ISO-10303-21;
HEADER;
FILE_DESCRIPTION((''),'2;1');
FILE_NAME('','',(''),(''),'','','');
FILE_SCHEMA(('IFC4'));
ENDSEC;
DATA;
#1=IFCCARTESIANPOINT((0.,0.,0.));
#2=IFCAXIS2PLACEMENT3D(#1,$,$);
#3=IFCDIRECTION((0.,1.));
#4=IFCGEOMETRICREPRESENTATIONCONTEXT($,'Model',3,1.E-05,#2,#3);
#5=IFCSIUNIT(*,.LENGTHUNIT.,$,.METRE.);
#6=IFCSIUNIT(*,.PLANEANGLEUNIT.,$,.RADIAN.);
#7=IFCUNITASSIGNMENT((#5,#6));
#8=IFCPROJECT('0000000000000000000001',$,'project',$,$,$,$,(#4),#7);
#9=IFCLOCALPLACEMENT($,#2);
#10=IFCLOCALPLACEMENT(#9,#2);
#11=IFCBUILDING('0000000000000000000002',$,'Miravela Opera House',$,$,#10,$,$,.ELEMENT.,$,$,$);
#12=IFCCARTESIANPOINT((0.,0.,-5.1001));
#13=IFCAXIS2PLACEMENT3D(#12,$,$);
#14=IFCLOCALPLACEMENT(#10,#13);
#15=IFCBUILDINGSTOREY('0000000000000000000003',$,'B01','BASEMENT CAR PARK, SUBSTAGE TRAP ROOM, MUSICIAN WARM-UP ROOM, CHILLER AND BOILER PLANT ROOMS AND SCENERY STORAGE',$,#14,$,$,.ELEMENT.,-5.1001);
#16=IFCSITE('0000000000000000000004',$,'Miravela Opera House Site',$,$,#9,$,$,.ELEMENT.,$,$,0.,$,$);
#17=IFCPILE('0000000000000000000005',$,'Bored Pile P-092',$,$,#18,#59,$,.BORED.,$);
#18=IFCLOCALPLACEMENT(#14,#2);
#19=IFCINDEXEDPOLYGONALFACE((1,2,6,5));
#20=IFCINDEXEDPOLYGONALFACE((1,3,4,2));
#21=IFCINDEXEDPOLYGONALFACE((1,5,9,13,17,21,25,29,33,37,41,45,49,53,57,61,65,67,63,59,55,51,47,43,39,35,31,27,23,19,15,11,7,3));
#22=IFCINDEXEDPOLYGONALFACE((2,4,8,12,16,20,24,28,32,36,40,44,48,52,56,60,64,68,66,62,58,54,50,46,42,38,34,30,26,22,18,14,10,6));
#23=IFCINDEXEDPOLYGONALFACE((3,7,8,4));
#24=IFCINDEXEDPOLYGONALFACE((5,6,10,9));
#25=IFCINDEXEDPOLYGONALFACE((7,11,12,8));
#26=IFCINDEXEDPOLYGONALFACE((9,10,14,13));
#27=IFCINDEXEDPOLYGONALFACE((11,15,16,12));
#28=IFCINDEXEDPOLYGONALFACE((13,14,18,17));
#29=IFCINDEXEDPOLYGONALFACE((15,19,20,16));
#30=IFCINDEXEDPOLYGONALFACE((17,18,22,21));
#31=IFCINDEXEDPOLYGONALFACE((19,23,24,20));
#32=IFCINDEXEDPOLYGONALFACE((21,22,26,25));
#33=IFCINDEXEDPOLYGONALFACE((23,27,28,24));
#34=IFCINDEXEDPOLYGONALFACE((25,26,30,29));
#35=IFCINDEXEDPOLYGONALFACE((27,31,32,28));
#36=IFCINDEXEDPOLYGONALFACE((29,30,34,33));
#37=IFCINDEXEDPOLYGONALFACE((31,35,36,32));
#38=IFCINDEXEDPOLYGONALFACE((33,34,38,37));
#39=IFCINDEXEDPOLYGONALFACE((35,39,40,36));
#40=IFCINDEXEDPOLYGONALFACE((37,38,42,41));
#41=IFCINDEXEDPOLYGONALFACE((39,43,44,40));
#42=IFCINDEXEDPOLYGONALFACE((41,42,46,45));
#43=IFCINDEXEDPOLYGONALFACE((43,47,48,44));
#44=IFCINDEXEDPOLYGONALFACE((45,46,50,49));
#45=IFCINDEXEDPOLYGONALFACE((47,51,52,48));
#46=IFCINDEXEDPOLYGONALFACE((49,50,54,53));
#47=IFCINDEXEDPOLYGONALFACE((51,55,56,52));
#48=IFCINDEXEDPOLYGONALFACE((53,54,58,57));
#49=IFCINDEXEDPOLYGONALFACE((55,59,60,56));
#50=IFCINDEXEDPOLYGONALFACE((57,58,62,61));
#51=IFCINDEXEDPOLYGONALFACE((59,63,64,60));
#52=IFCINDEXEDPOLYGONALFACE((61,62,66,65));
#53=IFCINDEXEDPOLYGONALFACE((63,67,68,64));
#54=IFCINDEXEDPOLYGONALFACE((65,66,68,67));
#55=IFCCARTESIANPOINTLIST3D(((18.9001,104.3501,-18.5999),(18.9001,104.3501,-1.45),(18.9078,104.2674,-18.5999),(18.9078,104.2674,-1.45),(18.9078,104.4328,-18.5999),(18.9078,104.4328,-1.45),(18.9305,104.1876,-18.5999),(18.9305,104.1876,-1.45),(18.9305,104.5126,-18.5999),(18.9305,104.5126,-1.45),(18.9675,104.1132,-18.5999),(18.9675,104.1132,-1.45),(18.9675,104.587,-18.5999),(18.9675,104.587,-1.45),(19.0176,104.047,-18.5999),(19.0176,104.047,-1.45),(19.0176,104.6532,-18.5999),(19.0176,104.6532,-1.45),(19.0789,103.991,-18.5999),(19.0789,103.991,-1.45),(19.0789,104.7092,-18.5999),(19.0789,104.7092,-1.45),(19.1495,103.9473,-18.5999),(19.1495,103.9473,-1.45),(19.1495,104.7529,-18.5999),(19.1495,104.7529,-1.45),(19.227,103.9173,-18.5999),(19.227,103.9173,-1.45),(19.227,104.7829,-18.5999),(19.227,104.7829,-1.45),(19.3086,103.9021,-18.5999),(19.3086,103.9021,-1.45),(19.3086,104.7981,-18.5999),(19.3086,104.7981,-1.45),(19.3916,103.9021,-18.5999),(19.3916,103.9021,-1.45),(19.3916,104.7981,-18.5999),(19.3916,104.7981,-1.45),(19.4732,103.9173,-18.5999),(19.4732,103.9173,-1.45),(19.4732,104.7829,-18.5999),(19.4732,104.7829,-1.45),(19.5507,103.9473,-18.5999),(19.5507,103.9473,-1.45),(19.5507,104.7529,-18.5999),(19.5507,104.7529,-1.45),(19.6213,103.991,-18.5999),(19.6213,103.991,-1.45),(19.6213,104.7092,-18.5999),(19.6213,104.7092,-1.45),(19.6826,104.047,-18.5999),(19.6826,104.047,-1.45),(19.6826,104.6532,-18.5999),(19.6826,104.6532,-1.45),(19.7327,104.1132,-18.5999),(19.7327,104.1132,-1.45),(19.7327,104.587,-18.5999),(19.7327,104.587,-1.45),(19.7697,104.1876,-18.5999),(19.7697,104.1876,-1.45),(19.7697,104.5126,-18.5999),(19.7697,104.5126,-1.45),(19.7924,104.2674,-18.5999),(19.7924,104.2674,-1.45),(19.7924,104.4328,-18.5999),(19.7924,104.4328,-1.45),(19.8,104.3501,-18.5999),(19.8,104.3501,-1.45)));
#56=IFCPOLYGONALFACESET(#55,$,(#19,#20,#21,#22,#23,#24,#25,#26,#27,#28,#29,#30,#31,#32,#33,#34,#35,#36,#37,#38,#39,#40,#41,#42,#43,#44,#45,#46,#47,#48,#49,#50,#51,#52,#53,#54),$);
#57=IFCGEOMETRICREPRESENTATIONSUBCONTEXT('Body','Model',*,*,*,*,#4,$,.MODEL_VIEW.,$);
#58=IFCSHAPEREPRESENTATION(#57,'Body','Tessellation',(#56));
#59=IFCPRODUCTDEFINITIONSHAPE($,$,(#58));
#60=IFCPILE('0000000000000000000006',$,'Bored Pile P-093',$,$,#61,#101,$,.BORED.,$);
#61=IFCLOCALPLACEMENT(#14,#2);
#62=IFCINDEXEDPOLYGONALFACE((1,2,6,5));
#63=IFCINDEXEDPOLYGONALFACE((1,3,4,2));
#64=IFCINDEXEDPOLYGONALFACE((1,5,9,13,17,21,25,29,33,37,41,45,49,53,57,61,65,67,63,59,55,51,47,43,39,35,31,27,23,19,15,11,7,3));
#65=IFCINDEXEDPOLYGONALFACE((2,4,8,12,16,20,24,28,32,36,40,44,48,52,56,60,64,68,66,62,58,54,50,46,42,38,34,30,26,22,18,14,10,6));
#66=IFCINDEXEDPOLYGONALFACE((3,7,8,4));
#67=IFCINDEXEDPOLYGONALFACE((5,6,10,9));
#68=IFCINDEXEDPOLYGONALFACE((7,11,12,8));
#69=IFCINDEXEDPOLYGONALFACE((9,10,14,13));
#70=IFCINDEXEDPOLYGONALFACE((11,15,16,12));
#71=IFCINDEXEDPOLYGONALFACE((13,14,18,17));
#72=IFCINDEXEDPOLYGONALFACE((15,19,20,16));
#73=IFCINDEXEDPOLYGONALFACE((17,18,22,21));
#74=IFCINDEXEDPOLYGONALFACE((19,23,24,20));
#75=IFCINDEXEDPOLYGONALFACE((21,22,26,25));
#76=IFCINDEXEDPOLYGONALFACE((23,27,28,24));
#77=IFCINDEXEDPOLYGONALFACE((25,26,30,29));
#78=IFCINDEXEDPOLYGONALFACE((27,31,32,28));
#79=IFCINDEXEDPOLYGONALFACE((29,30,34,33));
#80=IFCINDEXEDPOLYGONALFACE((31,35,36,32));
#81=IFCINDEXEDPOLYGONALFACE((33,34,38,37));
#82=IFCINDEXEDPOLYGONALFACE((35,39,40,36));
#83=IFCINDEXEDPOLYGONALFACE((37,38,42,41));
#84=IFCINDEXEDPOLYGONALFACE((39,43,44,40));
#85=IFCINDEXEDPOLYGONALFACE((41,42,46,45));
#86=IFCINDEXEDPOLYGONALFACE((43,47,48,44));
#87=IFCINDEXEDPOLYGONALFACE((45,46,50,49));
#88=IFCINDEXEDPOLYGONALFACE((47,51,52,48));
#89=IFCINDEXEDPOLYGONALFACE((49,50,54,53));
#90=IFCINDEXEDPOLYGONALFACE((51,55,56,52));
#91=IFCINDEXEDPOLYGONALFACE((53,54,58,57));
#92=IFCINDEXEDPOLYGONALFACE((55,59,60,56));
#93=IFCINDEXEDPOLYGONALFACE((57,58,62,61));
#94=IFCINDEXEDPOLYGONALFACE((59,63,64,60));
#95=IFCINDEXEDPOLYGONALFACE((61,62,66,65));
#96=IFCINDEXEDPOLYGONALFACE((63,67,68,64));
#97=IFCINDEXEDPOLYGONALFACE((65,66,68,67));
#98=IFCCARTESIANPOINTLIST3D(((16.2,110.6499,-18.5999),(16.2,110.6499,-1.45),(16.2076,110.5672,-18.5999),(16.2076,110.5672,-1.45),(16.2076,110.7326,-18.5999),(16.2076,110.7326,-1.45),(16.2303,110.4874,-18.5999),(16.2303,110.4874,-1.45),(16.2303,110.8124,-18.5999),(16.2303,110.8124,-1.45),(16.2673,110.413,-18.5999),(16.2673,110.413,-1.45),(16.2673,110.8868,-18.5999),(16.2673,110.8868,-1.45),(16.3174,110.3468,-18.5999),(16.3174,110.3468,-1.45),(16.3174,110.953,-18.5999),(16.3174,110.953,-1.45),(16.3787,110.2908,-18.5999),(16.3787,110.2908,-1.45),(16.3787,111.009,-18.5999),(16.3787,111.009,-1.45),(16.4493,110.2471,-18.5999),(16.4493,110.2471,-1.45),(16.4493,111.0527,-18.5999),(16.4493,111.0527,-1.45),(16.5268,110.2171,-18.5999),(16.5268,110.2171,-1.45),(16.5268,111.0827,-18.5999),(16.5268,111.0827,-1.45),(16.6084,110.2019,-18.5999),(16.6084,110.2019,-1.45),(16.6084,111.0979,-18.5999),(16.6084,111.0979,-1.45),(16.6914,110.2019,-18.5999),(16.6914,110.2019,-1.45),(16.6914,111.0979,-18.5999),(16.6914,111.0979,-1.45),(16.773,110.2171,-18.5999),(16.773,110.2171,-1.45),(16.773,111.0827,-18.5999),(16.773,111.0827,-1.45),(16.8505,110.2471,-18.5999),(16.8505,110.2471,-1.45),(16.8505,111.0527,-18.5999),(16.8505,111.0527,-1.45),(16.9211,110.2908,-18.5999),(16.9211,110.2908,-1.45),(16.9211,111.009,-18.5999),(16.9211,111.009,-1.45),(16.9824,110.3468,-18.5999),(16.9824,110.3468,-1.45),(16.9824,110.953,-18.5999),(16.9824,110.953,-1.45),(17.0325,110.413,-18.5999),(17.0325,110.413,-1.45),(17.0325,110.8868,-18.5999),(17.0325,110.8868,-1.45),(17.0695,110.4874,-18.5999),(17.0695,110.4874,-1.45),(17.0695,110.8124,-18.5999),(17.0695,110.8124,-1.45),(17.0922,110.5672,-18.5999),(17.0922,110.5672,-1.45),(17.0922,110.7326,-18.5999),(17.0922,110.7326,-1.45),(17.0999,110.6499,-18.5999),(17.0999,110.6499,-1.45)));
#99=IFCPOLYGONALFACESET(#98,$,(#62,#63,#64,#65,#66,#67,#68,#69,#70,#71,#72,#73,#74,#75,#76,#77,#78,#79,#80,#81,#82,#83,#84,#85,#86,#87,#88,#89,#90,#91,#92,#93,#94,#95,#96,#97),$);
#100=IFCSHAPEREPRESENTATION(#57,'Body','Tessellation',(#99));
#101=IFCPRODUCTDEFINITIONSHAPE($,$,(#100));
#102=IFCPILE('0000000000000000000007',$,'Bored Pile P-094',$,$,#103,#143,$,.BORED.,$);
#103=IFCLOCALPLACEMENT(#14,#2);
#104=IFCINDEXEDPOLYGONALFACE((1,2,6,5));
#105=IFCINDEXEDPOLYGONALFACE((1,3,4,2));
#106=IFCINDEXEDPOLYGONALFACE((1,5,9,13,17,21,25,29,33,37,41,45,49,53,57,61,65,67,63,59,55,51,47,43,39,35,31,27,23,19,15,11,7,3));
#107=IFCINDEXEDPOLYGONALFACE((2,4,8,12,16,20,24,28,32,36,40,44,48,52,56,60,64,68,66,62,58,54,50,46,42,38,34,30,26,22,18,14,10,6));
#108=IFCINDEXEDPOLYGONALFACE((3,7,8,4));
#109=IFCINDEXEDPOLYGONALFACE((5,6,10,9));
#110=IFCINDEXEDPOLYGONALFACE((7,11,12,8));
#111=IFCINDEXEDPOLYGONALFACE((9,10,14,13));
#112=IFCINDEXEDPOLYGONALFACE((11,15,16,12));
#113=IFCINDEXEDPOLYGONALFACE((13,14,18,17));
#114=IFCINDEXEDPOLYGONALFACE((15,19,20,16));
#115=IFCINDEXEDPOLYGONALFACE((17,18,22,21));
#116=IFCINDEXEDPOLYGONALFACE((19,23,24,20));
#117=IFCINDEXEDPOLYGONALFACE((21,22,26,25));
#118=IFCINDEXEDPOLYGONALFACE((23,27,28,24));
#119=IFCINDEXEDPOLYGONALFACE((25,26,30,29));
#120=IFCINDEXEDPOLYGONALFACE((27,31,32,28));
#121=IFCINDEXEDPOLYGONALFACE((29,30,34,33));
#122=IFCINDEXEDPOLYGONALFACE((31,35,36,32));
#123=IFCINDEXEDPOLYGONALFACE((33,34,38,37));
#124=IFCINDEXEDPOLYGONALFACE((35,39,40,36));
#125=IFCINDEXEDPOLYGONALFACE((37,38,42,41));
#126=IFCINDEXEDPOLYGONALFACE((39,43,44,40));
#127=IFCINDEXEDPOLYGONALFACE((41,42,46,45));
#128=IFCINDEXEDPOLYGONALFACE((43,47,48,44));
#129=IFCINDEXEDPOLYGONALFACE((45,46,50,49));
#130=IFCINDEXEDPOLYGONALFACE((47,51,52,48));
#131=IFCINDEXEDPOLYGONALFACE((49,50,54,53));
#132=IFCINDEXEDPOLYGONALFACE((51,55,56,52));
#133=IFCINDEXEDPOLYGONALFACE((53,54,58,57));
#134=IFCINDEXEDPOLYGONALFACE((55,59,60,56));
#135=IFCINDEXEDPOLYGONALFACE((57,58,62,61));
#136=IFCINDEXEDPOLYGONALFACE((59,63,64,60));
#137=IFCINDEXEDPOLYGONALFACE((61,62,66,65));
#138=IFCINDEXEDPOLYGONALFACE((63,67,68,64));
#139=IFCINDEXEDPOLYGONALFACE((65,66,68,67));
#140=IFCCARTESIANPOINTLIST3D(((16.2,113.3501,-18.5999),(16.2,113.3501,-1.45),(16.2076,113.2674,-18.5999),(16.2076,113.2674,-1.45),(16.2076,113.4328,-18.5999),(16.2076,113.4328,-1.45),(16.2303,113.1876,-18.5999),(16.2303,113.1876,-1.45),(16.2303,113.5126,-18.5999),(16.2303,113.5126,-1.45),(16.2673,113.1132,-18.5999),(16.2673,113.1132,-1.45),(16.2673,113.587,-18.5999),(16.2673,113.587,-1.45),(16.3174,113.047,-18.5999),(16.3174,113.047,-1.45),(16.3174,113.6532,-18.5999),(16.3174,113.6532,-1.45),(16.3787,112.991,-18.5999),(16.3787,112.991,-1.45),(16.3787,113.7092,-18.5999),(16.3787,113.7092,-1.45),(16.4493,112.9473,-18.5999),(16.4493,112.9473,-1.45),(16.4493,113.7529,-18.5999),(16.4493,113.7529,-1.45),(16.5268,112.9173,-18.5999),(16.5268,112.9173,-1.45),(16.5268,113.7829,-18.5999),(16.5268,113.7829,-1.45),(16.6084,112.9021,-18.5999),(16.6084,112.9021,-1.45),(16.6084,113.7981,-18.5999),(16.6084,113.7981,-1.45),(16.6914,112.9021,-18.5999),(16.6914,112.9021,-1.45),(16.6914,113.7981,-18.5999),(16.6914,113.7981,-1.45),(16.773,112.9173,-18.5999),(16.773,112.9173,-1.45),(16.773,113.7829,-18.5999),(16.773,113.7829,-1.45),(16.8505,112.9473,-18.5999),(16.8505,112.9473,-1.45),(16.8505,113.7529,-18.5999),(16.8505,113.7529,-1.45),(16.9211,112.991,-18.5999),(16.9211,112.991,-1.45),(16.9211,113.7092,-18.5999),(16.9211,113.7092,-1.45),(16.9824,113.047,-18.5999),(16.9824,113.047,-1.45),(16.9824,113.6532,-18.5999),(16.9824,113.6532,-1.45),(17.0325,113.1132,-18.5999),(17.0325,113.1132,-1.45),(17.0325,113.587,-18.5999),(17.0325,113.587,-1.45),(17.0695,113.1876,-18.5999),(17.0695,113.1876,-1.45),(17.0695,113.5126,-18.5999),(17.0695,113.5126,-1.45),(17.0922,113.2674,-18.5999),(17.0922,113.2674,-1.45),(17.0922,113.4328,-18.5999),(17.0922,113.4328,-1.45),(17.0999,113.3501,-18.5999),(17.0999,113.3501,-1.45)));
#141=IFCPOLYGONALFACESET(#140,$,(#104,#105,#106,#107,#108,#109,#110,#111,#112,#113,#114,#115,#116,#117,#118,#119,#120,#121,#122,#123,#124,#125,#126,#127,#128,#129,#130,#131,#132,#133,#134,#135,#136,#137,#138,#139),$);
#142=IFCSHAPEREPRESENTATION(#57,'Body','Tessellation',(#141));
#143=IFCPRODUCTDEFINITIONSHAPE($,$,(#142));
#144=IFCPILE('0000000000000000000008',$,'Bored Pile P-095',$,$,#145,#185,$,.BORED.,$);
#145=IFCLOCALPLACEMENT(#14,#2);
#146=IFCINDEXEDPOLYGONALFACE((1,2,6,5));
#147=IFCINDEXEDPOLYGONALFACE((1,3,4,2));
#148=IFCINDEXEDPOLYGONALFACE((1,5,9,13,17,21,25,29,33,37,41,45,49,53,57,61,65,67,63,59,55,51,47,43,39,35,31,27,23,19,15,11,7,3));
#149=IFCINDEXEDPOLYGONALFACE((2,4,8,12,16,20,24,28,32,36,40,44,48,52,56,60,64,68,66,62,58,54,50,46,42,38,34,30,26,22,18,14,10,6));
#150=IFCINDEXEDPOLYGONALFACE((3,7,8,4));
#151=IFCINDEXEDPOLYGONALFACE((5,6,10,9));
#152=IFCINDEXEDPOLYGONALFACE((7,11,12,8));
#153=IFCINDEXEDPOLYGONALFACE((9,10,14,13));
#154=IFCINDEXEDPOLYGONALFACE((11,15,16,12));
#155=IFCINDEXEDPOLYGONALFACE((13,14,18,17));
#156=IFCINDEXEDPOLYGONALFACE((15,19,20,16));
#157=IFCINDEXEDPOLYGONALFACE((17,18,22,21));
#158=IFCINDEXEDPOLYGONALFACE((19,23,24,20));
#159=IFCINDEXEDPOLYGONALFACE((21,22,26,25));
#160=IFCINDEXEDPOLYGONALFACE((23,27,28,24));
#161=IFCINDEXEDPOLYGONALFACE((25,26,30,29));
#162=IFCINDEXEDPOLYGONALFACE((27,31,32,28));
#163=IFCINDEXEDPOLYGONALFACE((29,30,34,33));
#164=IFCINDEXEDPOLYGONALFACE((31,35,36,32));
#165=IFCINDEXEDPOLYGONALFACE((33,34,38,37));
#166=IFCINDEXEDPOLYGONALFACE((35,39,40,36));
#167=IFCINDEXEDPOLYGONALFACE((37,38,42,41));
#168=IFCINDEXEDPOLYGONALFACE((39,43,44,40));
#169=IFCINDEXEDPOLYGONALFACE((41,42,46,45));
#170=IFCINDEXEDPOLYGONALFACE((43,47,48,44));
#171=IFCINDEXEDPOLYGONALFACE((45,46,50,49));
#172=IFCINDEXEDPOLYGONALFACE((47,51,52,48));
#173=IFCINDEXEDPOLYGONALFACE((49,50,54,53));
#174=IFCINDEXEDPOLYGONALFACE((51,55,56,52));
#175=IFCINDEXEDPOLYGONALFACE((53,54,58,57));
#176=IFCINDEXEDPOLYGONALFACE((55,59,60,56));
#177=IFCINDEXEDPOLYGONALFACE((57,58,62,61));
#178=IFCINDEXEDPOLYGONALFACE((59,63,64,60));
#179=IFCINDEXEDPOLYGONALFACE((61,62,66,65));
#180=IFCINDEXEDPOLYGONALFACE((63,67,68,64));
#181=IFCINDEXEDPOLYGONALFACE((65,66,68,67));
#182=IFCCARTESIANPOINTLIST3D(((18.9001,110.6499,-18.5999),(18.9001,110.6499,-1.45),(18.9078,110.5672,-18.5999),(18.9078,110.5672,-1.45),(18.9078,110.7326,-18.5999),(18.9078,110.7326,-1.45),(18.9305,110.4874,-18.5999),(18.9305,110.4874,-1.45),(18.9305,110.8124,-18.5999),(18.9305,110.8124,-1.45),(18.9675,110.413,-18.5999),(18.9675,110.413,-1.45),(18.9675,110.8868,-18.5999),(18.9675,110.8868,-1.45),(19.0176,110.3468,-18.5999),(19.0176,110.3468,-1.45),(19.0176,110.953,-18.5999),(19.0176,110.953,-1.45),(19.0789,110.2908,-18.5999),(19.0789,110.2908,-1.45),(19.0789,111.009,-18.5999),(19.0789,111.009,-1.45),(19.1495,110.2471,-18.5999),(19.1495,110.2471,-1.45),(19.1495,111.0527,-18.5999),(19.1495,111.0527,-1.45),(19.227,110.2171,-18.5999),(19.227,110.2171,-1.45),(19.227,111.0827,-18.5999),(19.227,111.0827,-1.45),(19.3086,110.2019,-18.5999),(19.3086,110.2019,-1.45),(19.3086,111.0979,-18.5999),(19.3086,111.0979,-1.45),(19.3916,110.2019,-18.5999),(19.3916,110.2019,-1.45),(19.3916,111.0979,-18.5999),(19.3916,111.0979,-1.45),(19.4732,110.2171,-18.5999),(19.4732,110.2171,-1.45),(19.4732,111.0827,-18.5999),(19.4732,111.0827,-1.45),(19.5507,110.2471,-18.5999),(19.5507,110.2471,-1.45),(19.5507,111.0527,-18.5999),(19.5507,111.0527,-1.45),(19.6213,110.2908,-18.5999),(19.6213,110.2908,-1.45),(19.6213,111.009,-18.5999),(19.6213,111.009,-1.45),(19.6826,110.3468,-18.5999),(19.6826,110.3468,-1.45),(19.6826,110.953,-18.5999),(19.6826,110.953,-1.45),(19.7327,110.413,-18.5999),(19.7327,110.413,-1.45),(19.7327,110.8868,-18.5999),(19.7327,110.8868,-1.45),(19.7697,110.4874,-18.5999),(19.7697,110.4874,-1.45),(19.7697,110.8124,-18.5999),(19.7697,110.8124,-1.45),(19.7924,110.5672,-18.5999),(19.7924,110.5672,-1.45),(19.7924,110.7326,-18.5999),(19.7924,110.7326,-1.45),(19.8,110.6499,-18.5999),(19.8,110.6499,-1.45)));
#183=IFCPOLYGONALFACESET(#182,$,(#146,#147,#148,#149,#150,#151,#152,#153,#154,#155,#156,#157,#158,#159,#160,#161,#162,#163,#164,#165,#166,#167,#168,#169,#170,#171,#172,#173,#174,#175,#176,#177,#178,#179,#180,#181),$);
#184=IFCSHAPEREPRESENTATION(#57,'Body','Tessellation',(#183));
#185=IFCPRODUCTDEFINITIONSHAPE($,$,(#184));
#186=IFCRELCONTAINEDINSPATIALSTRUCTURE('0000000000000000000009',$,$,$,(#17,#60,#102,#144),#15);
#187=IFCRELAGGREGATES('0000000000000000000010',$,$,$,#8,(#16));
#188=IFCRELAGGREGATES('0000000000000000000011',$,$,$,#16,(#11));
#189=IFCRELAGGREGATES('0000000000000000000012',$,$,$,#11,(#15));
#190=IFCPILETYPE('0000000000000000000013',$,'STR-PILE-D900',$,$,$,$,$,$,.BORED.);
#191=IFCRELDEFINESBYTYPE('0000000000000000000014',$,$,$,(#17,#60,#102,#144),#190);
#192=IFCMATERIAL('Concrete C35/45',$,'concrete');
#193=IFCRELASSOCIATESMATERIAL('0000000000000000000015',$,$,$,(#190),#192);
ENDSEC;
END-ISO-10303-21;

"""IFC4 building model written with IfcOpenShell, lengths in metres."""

from ifc_helpers import new_model, si_unit, direction, frame, origin, origin_2d, place, context, subcontext, project, spatial, circle, extrude, material, material_profile, profile_set, type_object, element, save


model = new_model("IFC4")

# Units and contexts
model_context = context("Model", 3, precision=1e-05, world=origin(), true_north=direction((0.0, 1.0)))
body_context = subcontext(model_context, "Body", "Model", "MODEL_VIEW")
ifc_project = project(units=[si_unit("LENGTHUNIT", "METRE"), si_unit("PLANEANGLEUNIT", "RADIAN")], contexts=[model_context])

# Site, building, storey
site_placement = place(None, origin())
site = spatial("IfcSite", under=ifc_project, at=site_placement, Name="Miravela Opera House Site", CompositionType="ELEMENT", RefElevation=0.0)
building_placement = place(site_placement, origin())
building = spatial("IfcBuilding", under=site, at=building_placement, Name="Miravela Opera House", CompositionType="ELEMENT")
storey_placement = place(building_placement, frame((0.0, 0.0, -5.1001)))
storey = spatial("IfcBuildingStorey", under=building, at=storey_placement, Name="B01", Description="BASEMENT CAR PARK, SUBSTAGE TRAP ROOM, MUSICIAN WARM-UP ROOM, CHILLER AND BOILER PLANT ROOMS AND SCENERY STORAGE", CompositionType="ELEMENT", Elevation=-5.1001)

# Shared definitions
ifc_material_1 = material(Name="Concrete C35/45", Category="concrete")

# Piles
ifc_material_profile_1 = material_profile(ifc_material_1, circle(Radius=0.45, at=origin_2d()), Name="PILE-D900")
ifc_profile_set_1 = profile_set([ifc_material_profile_1])
pile_type_1 = type_object("IfcPileType", Name="STR-PILE-D900", PredefinedType="BORED", material=ifc_profile_set_1)
for number, where, z_axis, x_axis, name in (
    (1, (19.3501, 104.3501, -1.45), (0.0, 0.0, -1.0), (1.0, 0.0, 0.0), "Bored Pile P-092"),
    (2, (16.6499, 110.6499, -1.45), (0.0, 0.0, -1.0), (1.0, 0.0, 0.0), "Bored Pile P-093"),
    (3, (16.6499, 113.3501, -1.45), (0.0, 0.0, -1.0), (1.0, 0.0, 0.0), "Bored Pile P-094"),
    (4, (19.3501, 110.6499, -1.45), (0.0, 0.0, -1.0), (1.0, 0.0, 0.0), "Bored Pile P-095"),
):
    element("IfcPile", number, at=place(storey_placement, frame(where, z_axis=z_axis, x_axis=x_axis)), inside=storey, type_object=pile_type_1, Name=name, PredefinedType="BORED", context=body_context, shape_type="SweptSolid", body=[
        extrude(circle(Radius=0.45, at=origin_2d()), origin(), (0.0, 0.0, 1.0), 17.1499),
    ])

save(model, "model.ifc")
